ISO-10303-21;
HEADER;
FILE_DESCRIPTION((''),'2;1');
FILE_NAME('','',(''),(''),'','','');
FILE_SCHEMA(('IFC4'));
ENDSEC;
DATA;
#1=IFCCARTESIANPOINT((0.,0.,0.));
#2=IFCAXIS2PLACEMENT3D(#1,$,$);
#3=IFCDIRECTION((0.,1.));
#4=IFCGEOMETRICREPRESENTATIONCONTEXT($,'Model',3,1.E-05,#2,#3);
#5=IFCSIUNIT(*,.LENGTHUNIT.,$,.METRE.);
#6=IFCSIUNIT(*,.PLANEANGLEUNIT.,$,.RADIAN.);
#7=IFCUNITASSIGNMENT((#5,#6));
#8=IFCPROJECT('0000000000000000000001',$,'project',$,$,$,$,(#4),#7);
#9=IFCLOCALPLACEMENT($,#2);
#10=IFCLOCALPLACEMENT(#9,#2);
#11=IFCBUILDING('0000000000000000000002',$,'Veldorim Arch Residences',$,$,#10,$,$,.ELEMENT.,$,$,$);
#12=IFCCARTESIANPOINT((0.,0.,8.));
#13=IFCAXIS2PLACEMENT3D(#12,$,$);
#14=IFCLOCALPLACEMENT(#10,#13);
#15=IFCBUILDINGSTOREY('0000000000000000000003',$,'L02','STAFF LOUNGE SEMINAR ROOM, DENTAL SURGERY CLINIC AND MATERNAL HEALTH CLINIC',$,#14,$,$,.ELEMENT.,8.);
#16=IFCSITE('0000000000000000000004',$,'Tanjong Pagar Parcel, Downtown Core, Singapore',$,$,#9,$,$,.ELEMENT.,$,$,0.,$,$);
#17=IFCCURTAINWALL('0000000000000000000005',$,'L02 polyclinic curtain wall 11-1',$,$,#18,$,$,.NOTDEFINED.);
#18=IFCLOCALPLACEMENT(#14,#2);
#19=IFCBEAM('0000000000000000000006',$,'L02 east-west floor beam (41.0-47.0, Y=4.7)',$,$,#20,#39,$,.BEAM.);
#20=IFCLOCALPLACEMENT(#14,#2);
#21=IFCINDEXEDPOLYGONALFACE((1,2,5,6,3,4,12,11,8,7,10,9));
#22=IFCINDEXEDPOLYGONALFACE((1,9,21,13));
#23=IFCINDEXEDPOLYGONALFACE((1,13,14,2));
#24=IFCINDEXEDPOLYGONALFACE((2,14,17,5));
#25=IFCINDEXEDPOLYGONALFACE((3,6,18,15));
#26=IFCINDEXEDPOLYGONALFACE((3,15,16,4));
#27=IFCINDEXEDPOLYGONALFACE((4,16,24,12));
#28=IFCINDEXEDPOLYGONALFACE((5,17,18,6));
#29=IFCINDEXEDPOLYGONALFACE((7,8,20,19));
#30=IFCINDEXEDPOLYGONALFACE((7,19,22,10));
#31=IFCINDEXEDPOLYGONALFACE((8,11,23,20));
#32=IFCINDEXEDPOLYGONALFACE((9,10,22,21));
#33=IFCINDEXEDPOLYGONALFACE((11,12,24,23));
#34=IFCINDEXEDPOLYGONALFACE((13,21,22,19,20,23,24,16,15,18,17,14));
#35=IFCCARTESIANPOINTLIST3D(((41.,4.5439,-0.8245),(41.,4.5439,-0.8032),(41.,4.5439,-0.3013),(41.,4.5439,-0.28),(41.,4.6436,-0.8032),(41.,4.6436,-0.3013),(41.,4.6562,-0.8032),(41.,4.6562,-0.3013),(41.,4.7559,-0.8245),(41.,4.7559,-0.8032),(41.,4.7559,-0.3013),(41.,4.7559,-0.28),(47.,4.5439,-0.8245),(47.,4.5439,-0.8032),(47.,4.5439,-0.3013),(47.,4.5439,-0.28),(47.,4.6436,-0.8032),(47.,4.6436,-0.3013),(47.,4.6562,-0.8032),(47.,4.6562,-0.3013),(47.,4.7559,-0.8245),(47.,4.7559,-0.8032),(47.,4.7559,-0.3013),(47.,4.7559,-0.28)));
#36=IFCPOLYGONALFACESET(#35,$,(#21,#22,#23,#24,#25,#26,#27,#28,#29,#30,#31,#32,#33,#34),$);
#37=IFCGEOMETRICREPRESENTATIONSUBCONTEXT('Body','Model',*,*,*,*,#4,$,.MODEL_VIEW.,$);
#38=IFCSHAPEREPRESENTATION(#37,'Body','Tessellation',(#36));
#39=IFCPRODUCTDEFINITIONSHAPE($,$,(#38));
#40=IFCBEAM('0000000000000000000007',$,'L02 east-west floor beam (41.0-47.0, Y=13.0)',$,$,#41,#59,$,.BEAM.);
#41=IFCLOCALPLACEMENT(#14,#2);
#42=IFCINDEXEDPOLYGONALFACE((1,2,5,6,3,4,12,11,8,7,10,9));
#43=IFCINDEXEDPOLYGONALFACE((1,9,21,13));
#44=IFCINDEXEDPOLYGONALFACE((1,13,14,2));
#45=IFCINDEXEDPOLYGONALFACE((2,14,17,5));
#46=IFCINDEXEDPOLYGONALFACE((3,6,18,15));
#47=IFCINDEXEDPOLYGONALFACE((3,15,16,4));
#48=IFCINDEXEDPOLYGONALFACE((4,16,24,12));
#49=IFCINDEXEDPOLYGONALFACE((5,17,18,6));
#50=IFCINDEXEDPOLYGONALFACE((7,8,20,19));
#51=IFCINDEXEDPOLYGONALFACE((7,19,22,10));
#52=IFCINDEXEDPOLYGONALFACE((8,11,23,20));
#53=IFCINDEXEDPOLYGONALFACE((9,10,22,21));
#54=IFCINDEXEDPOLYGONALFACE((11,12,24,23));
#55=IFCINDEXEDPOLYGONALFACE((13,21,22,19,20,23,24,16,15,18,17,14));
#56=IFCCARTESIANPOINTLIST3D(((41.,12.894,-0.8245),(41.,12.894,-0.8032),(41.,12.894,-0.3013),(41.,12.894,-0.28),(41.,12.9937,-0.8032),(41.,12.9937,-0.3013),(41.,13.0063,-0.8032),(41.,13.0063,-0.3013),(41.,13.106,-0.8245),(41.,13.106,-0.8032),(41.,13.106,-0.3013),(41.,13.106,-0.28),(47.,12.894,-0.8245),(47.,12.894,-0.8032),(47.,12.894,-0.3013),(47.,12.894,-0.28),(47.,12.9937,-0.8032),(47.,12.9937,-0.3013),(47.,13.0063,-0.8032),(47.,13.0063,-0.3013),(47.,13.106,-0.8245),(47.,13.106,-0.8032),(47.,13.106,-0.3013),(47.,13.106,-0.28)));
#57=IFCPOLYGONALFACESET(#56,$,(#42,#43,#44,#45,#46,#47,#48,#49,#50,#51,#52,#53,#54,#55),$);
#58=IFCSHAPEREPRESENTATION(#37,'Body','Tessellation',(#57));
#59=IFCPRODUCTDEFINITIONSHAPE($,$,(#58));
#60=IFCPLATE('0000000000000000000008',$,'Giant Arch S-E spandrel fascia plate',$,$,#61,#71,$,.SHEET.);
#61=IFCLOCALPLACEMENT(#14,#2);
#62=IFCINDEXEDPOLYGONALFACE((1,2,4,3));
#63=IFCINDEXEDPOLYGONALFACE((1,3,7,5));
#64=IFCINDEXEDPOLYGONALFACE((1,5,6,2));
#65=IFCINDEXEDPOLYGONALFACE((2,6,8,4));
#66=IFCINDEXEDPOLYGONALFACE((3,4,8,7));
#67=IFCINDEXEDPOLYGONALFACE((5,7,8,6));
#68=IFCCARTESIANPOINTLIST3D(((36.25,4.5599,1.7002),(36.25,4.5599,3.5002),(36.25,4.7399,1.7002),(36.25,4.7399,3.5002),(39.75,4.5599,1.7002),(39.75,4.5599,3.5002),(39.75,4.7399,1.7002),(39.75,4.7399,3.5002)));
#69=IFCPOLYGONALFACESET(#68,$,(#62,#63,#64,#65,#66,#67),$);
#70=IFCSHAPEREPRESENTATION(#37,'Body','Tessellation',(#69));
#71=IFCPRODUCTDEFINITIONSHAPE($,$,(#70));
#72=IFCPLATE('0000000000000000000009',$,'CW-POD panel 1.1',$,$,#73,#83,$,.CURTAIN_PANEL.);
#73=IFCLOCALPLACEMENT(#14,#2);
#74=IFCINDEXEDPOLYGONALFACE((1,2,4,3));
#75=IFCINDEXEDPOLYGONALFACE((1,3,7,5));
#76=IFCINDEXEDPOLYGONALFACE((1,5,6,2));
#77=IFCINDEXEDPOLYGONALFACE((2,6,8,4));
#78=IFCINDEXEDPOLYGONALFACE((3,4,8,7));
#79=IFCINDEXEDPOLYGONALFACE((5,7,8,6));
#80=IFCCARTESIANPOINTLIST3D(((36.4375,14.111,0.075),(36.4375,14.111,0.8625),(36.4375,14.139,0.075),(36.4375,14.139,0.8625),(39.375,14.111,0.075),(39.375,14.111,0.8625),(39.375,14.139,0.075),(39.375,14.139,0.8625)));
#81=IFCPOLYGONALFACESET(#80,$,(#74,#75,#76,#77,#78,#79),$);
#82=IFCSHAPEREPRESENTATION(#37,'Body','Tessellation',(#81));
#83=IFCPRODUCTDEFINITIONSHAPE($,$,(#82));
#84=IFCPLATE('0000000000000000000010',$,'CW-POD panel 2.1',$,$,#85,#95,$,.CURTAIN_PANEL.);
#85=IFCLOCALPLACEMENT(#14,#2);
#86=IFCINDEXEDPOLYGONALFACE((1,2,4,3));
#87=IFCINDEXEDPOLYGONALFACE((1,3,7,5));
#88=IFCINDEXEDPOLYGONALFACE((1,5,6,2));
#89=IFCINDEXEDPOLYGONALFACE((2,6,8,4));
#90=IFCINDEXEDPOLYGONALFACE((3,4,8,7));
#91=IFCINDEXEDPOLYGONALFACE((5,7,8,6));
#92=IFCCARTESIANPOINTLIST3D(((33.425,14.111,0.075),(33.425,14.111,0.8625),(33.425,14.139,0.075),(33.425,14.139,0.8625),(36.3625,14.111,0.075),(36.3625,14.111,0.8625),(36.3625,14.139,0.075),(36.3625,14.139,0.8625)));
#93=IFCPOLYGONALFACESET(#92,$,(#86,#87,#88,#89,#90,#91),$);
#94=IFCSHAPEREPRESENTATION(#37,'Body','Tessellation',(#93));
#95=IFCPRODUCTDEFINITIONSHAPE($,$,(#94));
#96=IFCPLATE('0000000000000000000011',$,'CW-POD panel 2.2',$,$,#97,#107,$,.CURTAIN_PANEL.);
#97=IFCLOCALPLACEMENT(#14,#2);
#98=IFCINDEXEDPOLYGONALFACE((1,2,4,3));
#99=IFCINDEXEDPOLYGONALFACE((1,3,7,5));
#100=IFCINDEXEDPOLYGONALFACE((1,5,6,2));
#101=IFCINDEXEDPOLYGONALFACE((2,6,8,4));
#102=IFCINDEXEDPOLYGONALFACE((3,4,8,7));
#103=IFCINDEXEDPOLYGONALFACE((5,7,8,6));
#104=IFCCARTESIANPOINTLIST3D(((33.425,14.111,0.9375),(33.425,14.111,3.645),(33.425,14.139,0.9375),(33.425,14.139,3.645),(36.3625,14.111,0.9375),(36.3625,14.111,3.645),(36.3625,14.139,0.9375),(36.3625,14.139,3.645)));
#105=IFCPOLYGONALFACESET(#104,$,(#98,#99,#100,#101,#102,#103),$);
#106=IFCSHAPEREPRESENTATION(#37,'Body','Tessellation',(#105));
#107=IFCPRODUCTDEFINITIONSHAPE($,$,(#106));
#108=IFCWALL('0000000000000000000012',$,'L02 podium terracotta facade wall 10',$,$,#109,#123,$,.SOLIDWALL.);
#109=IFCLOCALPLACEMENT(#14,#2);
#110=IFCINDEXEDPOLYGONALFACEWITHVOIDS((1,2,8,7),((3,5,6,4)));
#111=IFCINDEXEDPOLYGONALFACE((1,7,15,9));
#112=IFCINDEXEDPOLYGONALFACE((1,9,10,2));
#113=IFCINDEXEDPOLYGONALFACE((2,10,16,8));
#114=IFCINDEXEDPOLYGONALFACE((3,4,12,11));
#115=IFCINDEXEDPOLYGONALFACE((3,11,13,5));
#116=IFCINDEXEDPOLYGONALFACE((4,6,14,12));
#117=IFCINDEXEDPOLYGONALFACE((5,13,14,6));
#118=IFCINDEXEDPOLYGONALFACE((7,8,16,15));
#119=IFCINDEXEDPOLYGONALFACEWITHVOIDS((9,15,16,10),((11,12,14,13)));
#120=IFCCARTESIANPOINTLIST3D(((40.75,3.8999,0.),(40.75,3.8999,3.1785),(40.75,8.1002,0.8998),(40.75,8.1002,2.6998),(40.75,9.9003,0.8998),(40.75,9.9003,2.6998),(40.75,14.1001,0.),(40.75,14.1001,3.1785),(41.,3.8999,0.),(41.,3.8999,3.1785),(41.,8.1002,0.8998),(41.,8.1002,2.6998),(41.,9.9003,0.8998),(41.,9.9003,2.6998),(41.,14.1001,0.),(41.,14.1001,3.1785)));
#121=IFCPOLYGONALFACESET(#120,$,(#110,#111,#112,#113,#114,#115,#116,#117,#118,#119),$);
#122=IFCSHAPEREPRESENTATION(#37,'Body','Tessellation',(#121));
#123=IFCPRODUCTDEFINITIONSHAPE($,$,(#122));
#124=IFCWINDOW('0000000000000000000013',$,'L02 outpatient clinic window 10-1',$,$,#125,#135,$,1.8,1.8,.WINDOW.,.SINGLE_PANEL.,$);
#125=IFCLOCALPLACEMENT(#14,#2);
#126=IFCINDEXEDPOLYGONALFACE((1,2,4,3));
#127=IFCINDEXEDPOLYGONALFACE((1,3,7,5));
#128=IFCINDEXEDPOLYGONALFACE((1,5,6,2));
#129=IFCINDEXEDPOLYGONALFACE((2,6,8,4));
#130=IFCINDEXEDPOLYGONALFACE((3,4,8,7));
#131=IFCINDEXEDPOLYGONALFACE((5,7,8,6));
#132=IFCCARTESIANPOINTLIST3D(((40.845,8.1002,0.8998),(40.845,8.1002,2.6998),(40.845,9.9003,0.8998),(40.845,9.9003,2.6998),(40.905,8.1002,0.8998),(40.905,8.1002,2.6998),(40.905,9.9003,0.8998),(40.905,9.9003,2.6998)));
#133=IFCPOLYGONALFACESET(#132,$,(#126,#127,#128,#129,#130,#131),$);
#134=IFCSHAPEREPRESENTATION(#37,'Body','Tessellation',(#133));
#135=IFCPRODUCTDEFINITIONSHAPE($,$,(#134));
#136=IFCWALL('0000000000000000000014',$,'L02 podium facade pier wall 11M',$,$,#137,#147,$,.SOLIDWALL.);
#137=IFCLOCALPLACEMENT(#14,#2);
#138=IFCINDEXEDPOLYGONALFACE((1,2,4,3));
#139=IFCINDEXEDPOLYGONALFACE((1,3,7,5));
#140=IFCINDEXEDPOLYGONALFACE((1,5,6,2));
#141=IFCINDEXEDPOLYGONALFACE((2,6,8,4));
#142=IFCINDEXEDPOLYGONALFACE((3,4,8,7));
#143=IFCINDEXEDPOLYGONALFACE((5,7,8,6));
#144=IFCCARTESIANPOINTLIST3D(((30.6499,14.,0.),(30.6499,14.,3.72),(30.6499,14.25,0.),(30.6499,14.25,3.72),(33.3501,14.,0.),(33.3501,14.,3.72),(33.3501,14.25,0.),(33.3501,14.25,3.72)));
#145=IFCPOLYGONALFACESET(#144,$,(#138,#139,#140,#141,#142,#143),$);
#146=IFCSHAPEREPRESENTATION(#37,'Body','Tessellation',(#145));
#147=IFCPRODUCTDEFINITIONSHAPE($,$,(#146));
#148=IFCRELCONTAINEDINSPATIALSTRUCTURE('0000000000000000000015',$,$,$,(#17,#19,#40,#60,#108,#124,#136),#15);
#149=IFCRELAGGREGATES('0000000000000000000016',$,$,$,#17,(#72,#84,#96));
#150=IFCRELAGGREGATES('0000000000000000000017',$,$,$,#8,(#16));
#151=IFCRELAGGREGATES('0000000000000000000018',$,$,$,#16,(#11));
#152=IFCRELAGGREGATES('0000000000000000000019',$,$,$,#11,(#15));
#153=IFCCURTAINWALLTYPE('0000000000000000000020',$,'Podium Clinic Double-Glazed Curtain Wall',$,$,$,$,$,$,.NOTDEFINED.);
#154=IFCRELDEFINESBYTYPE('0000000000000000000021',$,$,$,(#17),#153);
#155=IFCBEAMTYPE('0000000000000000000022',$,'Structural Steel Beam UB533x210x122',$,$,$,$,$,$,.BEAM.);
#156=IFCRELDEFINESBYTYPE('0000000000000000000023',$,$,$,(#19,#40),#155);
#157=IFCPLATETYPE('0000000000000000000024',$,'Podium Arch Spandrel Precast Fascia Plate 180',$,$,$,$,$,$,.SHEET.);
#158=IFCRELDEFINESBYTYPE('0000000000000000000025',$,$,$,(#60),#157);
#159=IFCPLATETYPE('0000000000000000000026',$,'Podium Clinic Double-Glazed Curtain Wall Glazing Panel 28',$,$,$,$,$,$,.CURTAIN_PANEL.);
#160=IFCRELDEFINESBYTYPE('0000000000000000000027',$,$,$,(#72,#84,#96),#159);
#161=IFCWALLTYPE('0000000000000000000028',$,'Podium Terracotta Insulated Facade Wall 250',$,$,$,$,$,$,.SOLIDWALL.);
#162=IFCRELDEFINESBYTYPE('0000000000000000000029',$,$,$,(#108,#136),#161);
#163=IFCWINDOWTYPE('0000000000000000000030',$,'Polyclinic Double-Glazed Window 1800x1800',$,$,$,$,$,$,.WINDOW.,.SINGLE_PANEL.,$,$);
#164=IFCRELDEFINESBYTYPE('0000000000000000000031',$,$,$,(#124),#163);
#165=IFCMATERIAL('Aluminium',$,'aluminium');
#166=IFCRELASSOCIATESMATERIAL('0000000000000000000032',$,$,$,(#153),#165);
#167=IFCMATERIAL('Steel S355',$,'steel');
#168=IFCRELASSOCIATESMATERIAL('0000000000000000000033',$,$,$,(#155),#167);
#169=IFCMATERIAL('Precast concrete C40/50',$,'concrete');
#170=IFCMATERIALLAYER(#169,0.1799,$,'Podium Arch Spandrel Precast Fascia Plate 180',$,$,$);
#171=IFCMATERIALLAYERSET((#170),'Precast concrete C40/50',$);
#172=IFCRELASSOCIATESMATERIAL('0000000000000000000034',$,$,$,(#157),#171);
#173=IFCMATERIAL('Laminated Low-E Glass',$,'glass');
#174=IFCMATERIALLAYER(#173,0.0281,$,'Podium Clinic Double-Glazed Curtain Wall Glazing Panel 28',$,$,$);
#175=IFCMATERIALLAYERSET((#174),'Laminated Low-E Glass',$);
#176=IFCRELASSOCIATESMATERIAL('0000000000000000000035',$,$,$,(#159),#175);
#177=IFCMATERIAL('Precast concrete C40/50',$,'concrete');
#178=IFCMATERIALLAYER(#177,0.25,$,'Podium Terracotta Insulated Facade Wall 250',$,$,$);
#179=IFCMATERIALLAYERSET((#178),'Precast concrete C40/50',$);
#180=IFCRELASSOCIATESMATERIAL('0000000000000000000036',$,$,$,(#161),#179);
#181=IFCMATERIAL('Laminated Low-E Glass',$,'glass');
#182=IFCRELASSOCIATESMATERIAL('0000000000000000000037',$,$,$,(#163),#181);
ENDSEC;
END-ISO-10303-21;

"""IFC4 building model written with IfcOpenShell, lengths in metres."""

from ifc_helpers import new_model, si_unit, direction, frame, frame_2d, origin, origin_2d, place, context, subcontext, project, spatial, rectangle, i_section, extrude, material, layer, layer_set, material_profile, profile_set, type_object, element, fill, aggregate, save


model = new_model("IFC4")

# Units and contexts
model_context = context("Model", 3, precision=1e-05, world=origin(), true_north=direction((0.0, 1.0)))
body_context = subcontext(model_context, "Body", "Model", "MODEL_VIEW")
ifc_project = project(units=[si_unit("LENGTHUNIT", "METRE"), si_unit("PLANEANGLEUNIT", "RADIAN")], contexts=[model_context])

# Site, building, storey
site_placement = place(None, origin())
site = spatial("IfcSite", under=ifc_project, at=site_placement, Name="Tanjong Pagar Parcel, Downtown Core, Singapore", CompositionType="ELEMENT", RefElevation=0.0)
building_placement = place(site_placement, origin())
building = spatial("IfcBuilding", under=site, at=building_placement, Name="Veldorim Arch Residences", CompositionType="ELEMENT")
storey_placement = place(building_placement, frame((0.0, 0.0, 8.0)))
storey = spatial("IfcBuildingStorey", under=building, at=storey_placement, Name="L02", Description="STAFF LOUNGE SEMINAR ROOM, DENTAL SURGERY CLINIC AND MATERNAL HEALTH CLINIC", CompositionType="ELEMENT", Elevation=8.0)

# Curtain wall
ifc_material_1 = material(Name="Aluminium", Category="aluminium")
curtain_wall_type = type_object("IfcCurtainWallType", Name="Podium Clinic Double-Glazed Curtain Wall", PredefinedType="NOTDEFINED", material=ifc_material_1)
curtain_wall_placement = place(storey_placement, origin())
curtain_wall = element("IfcCurtainWall", 1, at=curtain_wall_placement, inside=storey, type_object=curtain_wall_type, Name="L02 polyclinic curtain wall 11-1", PredefinedType="NOTDEFINED")

# Beams
ifc_material_2 = material(Name="Steel S355", Category="steel")
ifc_material_profile_1 = material_profile(ifc_material_2, i_section(OverallWidth=0.2119, OverallDepth=0.5444, WebThickness=0.0127, FlangeThickness=0.0212, at=origin_2d()), Name="UB533x210x122")
ifc_profile_set_1 = profile_set([ifc_material_profile_1], Name="Steel S355")
beam_type_1 = type_object("IfcBeamType", Name="Structural Steel Beam UB533x210x122", PredefinedType="BEAM", material=ifc_profile_set_1)
for number, where, z_axis, x_axis, name in (
    (2, (41.0, 4.6499, -0.5522), (1.0, 0.0, 0.0), (0.0, 1.0, 0.0), "L02 east-west floor beam (41.0-47.0, Y=4.7)"),
    (3, (41.0, 13.0, -0.5522), (1.0, 0.0, 0.0), (0.0, 1.0, 0.0), "L02 east-west floor beam (41.0-47.0, Y=13.0)"),
):
    element("IfcBeam", number, at=place(storey_placement, frame(where, z_axis=z_axis, x_axis=x_axis)), inside=storey, type_object=beam_type_1, Name=name, PredefinedType="BEAM", context=body_context, shape_type="SweptSolid", body=[
        extrude(i_section(OverallWidth=0.2119, OverallDepth=0.5444, WebThickness=0.0127, FlangeThickness=0.0212, at=origin_2d()), origin(), (0.0, 0.0, 1.0), 6.0),
    ])

# Plates
ifc_material_3 = material(Name="Precast concrete C40/50", Category="concrete")
ifc_layer_1 = layer(ifc_material_3, 0.1799, Name="Podium Arch Spandrel Precast Fascia Plate 180")
ifc_layer_set_1 = layer_set([ifc_layer_1], Name="Precast concrete C40/50")
plate_type_1 = type_object("IfcPlateType", Name="Podium Arch Spandrel Precast Fascia Plate 180", PredefinedType="SHEET", material=ifc_layer_set_1)
plate_1_placement = place(storey_placement, frame((38.0, 4.6499, 1.7002), z_axis=(0.0, 0.0, 1.0), x_axis=(1.0, 0.0, 0.0)))
element("IfcPlate", 4, at=plate_1_placement, inside=storey, type_object=plate_type_1, Name="Giant Arch S-E spandrel fascia plate", PredefinedType="SHEET", context=body_context, shape_type="SweptSolid", body=[
    extrude(rectangle(XDim=3.5, YDim=0.1799, at=origin_2d()), origin(), (0.0, 0.0, 1.0), 1.8),
])
ifc_material_4 = material(Name="Laminated Low-E Glass", Category="glass")
ifc_layer_2 = layer(ifc_material_4, 0.0281, Name="Podium Clinic Double-Glazed Curtain Wall Glazing Panel 28")
ifc_layer_set_2 = layer_set([ifc_layer_2], Name="Laminated Low-E Glass")
plate_type_2 = type_object("IfcPlateType", Name="Podium Clinic Double-Glazed Curtain Wall Glazing Panel 28", PredefinedType="CURTAIN_PANEL", material=ifc_layer_set_2)
plate_2_placement = place(storey_placement, frame((37.9062, 14.125, 0.075), z_axis=(0.0, 0.0, 1.0), x_axis=(-1.0, 0.0, 0.0)))
plate_2 = element("IfcPlate", 5, at=plate_2_placement, type_object=plate_type_2, Name="CW-POD panel 1.1", PredefinedType="CURTAIN_PANEL", context=body_context, shape_type="SweptSolid", body=[
    extrude(rectangle(XDim=2.9375, YDim=0.0281, at=origin_2d()), origin(), (0.0, 0.0, 1.0), 0.7876),
])
plate_3_placement = place(storey_placement, frame((34.8938, 14.125, 0.075), z_axis=(0.0, 0.0, 1.0), x_axis=(-1.0, 0.0, 0.0)))
plate_3 = element("IfcPlate", 6, at=plate_3_placement, type_object=plate_type_2, Name="CW-POD panel 2.1", PredefinedType="CURTAIN_PANEL", context=body_context, shape_type="SweptSolid", body=[
    extrude(rectangle(XDim=2.9375, YDim=0.0281, at=origin_2d()), origin(), (0.0, 0.0, 1.0), 0.7876),
])
plate_4_placement = place(storey_placement, frame((34.8938, 14.125, 0.9375), z_axis=(0.0, 0.0, 1.0), x_axis=(-1.0, 0.0, 0.0)))
plate_4 = element("IfcPlate", 7, at=plate_4_placement, type_object=plate_type_2, Name="CW-POD panel 2.2", PredefinedType="CURTAIN_PANEL", context=body_context, shape_type="SweptSolid", body=[
    extrude(rectangle(XDim=2.9375, YDim=0.0281, at=origin_2d()), origin(), (0.0, 0.0, 1.0), 2.7075),
])
aggregate(curtain_wall, [plate_2, plate_3, plate_4])

# Wall, opening, window
ifc_material_5 = material(Name="Precast concrete C40/50", Category="concrete")
ifc_layer_3 = layer(ifc_material_5, 0.25, Name="Podium Terracotta Insulated Facade Wall 250")
ifc_layer_set_3 = layer_set([ifc_layer_3], Name="Precast concrete C40/50")
wall_type = type_object("IfcWallType", Name="Podium Terracotta Insulated Facade Wall 250", PredefinedType="SOLIDWALL", material=ifc_layer_set_3)
wall_1_placement = place(storey_placement, frame((40.875, 14.1001, 0.0), z_axis=(0.0, 0.0, 1.0), x_axis=(0.0, -1.0, 0.0)))
wall_1 = element("IfcWall", 8, at=wall_1_placement, inside=storey, type_object=wall_type, Name="L02 podium terracotta facade wall 10", PredefinedType="SOLIDWALL", context=body_context, shape_type="SweptSolid", body=[
    extrude(rectangle(XDim=10.2002, YDim=0.25, at=frame_2d((5.1001, 0.0))), origin(), (0.0, 0.0, 1.0), 3.1785),
])
opening_placement = place(wall_1_placement, frame((4.2, 0.0, 0.8999)))
opening = element("IfcOpeningElement", 9, at=opening_placement, cuts=wall_1, PredefinedType="OPENING", context=body_context, shape_type="SweptSolid", body=[
    extrude(rectangle(XDim=1.8, YDim=1.8, at=frame_2d((0.8999, 0.8999))), frame((0.0, 0.135, 0.0), z_axis=(0.0, -1.0, 0.0), x_axis=(1.0, 0.0, 0.0)), (0.0, 0.0, 1.0), 0.27),
])
ifc_material_6 = material(Name="Laminated Low-E Glass", Category="glass")
window_type = type_object("IfcWindowType", Name="Polyclinic Double-Glazed Window 1800x1800", PartitioningType="SINGLE_PANEL", PredefinedType="WINDOW", material=ifc_material_6)
window_placement = place(opening_placement, origin())
window = element("IfcWindow", 10, at=window_placement, inside=storey, type_object=window_type, Name="L02 outpatient clinic window 10-1", OverallHeight=1.8, OverallWidth=1.8, PartitioningType="SINGLE_PANEL", PredefinedType="WINDOW", context=body_context, shape_type="SweptSolid", body=[
    extrude(rectangle(XDim=1.8, YDim=1.8, at=frame_2d((0.8999, 0.8999))), frame((0.0, 0.03, 0.0), z_axis=(0.0, -1.0, 0.0), x_axis=(1.0, 0.0, 0.0)), (0.0, 0.0, 1.0), 0.0601),
])
fill(opening, window)

# Wall
wall_2_placement = place(storey_placement, frame((33.3501, 14.125, 0.0), z_axis=(0.0, 0.0, 1.0), x_axis=(-1.0, 0.0, 0.0)))
element("IfcWall", 11, at=wall_2_placement, inside=storey, type_object=wall_type, Name="L02 podium facade pier wall 11M", PredefinedType="SOLIDWALL", context=body_context, shape_type="SweptSolid", body=[
    extrude(rectangle(XDim=2.7002, YDim=0.25, at=frame_2d((1.3501, 0.0))), origin(), (0.0, 0.0, 1.0), 3.72),
])

save(model, "model.ifc")
